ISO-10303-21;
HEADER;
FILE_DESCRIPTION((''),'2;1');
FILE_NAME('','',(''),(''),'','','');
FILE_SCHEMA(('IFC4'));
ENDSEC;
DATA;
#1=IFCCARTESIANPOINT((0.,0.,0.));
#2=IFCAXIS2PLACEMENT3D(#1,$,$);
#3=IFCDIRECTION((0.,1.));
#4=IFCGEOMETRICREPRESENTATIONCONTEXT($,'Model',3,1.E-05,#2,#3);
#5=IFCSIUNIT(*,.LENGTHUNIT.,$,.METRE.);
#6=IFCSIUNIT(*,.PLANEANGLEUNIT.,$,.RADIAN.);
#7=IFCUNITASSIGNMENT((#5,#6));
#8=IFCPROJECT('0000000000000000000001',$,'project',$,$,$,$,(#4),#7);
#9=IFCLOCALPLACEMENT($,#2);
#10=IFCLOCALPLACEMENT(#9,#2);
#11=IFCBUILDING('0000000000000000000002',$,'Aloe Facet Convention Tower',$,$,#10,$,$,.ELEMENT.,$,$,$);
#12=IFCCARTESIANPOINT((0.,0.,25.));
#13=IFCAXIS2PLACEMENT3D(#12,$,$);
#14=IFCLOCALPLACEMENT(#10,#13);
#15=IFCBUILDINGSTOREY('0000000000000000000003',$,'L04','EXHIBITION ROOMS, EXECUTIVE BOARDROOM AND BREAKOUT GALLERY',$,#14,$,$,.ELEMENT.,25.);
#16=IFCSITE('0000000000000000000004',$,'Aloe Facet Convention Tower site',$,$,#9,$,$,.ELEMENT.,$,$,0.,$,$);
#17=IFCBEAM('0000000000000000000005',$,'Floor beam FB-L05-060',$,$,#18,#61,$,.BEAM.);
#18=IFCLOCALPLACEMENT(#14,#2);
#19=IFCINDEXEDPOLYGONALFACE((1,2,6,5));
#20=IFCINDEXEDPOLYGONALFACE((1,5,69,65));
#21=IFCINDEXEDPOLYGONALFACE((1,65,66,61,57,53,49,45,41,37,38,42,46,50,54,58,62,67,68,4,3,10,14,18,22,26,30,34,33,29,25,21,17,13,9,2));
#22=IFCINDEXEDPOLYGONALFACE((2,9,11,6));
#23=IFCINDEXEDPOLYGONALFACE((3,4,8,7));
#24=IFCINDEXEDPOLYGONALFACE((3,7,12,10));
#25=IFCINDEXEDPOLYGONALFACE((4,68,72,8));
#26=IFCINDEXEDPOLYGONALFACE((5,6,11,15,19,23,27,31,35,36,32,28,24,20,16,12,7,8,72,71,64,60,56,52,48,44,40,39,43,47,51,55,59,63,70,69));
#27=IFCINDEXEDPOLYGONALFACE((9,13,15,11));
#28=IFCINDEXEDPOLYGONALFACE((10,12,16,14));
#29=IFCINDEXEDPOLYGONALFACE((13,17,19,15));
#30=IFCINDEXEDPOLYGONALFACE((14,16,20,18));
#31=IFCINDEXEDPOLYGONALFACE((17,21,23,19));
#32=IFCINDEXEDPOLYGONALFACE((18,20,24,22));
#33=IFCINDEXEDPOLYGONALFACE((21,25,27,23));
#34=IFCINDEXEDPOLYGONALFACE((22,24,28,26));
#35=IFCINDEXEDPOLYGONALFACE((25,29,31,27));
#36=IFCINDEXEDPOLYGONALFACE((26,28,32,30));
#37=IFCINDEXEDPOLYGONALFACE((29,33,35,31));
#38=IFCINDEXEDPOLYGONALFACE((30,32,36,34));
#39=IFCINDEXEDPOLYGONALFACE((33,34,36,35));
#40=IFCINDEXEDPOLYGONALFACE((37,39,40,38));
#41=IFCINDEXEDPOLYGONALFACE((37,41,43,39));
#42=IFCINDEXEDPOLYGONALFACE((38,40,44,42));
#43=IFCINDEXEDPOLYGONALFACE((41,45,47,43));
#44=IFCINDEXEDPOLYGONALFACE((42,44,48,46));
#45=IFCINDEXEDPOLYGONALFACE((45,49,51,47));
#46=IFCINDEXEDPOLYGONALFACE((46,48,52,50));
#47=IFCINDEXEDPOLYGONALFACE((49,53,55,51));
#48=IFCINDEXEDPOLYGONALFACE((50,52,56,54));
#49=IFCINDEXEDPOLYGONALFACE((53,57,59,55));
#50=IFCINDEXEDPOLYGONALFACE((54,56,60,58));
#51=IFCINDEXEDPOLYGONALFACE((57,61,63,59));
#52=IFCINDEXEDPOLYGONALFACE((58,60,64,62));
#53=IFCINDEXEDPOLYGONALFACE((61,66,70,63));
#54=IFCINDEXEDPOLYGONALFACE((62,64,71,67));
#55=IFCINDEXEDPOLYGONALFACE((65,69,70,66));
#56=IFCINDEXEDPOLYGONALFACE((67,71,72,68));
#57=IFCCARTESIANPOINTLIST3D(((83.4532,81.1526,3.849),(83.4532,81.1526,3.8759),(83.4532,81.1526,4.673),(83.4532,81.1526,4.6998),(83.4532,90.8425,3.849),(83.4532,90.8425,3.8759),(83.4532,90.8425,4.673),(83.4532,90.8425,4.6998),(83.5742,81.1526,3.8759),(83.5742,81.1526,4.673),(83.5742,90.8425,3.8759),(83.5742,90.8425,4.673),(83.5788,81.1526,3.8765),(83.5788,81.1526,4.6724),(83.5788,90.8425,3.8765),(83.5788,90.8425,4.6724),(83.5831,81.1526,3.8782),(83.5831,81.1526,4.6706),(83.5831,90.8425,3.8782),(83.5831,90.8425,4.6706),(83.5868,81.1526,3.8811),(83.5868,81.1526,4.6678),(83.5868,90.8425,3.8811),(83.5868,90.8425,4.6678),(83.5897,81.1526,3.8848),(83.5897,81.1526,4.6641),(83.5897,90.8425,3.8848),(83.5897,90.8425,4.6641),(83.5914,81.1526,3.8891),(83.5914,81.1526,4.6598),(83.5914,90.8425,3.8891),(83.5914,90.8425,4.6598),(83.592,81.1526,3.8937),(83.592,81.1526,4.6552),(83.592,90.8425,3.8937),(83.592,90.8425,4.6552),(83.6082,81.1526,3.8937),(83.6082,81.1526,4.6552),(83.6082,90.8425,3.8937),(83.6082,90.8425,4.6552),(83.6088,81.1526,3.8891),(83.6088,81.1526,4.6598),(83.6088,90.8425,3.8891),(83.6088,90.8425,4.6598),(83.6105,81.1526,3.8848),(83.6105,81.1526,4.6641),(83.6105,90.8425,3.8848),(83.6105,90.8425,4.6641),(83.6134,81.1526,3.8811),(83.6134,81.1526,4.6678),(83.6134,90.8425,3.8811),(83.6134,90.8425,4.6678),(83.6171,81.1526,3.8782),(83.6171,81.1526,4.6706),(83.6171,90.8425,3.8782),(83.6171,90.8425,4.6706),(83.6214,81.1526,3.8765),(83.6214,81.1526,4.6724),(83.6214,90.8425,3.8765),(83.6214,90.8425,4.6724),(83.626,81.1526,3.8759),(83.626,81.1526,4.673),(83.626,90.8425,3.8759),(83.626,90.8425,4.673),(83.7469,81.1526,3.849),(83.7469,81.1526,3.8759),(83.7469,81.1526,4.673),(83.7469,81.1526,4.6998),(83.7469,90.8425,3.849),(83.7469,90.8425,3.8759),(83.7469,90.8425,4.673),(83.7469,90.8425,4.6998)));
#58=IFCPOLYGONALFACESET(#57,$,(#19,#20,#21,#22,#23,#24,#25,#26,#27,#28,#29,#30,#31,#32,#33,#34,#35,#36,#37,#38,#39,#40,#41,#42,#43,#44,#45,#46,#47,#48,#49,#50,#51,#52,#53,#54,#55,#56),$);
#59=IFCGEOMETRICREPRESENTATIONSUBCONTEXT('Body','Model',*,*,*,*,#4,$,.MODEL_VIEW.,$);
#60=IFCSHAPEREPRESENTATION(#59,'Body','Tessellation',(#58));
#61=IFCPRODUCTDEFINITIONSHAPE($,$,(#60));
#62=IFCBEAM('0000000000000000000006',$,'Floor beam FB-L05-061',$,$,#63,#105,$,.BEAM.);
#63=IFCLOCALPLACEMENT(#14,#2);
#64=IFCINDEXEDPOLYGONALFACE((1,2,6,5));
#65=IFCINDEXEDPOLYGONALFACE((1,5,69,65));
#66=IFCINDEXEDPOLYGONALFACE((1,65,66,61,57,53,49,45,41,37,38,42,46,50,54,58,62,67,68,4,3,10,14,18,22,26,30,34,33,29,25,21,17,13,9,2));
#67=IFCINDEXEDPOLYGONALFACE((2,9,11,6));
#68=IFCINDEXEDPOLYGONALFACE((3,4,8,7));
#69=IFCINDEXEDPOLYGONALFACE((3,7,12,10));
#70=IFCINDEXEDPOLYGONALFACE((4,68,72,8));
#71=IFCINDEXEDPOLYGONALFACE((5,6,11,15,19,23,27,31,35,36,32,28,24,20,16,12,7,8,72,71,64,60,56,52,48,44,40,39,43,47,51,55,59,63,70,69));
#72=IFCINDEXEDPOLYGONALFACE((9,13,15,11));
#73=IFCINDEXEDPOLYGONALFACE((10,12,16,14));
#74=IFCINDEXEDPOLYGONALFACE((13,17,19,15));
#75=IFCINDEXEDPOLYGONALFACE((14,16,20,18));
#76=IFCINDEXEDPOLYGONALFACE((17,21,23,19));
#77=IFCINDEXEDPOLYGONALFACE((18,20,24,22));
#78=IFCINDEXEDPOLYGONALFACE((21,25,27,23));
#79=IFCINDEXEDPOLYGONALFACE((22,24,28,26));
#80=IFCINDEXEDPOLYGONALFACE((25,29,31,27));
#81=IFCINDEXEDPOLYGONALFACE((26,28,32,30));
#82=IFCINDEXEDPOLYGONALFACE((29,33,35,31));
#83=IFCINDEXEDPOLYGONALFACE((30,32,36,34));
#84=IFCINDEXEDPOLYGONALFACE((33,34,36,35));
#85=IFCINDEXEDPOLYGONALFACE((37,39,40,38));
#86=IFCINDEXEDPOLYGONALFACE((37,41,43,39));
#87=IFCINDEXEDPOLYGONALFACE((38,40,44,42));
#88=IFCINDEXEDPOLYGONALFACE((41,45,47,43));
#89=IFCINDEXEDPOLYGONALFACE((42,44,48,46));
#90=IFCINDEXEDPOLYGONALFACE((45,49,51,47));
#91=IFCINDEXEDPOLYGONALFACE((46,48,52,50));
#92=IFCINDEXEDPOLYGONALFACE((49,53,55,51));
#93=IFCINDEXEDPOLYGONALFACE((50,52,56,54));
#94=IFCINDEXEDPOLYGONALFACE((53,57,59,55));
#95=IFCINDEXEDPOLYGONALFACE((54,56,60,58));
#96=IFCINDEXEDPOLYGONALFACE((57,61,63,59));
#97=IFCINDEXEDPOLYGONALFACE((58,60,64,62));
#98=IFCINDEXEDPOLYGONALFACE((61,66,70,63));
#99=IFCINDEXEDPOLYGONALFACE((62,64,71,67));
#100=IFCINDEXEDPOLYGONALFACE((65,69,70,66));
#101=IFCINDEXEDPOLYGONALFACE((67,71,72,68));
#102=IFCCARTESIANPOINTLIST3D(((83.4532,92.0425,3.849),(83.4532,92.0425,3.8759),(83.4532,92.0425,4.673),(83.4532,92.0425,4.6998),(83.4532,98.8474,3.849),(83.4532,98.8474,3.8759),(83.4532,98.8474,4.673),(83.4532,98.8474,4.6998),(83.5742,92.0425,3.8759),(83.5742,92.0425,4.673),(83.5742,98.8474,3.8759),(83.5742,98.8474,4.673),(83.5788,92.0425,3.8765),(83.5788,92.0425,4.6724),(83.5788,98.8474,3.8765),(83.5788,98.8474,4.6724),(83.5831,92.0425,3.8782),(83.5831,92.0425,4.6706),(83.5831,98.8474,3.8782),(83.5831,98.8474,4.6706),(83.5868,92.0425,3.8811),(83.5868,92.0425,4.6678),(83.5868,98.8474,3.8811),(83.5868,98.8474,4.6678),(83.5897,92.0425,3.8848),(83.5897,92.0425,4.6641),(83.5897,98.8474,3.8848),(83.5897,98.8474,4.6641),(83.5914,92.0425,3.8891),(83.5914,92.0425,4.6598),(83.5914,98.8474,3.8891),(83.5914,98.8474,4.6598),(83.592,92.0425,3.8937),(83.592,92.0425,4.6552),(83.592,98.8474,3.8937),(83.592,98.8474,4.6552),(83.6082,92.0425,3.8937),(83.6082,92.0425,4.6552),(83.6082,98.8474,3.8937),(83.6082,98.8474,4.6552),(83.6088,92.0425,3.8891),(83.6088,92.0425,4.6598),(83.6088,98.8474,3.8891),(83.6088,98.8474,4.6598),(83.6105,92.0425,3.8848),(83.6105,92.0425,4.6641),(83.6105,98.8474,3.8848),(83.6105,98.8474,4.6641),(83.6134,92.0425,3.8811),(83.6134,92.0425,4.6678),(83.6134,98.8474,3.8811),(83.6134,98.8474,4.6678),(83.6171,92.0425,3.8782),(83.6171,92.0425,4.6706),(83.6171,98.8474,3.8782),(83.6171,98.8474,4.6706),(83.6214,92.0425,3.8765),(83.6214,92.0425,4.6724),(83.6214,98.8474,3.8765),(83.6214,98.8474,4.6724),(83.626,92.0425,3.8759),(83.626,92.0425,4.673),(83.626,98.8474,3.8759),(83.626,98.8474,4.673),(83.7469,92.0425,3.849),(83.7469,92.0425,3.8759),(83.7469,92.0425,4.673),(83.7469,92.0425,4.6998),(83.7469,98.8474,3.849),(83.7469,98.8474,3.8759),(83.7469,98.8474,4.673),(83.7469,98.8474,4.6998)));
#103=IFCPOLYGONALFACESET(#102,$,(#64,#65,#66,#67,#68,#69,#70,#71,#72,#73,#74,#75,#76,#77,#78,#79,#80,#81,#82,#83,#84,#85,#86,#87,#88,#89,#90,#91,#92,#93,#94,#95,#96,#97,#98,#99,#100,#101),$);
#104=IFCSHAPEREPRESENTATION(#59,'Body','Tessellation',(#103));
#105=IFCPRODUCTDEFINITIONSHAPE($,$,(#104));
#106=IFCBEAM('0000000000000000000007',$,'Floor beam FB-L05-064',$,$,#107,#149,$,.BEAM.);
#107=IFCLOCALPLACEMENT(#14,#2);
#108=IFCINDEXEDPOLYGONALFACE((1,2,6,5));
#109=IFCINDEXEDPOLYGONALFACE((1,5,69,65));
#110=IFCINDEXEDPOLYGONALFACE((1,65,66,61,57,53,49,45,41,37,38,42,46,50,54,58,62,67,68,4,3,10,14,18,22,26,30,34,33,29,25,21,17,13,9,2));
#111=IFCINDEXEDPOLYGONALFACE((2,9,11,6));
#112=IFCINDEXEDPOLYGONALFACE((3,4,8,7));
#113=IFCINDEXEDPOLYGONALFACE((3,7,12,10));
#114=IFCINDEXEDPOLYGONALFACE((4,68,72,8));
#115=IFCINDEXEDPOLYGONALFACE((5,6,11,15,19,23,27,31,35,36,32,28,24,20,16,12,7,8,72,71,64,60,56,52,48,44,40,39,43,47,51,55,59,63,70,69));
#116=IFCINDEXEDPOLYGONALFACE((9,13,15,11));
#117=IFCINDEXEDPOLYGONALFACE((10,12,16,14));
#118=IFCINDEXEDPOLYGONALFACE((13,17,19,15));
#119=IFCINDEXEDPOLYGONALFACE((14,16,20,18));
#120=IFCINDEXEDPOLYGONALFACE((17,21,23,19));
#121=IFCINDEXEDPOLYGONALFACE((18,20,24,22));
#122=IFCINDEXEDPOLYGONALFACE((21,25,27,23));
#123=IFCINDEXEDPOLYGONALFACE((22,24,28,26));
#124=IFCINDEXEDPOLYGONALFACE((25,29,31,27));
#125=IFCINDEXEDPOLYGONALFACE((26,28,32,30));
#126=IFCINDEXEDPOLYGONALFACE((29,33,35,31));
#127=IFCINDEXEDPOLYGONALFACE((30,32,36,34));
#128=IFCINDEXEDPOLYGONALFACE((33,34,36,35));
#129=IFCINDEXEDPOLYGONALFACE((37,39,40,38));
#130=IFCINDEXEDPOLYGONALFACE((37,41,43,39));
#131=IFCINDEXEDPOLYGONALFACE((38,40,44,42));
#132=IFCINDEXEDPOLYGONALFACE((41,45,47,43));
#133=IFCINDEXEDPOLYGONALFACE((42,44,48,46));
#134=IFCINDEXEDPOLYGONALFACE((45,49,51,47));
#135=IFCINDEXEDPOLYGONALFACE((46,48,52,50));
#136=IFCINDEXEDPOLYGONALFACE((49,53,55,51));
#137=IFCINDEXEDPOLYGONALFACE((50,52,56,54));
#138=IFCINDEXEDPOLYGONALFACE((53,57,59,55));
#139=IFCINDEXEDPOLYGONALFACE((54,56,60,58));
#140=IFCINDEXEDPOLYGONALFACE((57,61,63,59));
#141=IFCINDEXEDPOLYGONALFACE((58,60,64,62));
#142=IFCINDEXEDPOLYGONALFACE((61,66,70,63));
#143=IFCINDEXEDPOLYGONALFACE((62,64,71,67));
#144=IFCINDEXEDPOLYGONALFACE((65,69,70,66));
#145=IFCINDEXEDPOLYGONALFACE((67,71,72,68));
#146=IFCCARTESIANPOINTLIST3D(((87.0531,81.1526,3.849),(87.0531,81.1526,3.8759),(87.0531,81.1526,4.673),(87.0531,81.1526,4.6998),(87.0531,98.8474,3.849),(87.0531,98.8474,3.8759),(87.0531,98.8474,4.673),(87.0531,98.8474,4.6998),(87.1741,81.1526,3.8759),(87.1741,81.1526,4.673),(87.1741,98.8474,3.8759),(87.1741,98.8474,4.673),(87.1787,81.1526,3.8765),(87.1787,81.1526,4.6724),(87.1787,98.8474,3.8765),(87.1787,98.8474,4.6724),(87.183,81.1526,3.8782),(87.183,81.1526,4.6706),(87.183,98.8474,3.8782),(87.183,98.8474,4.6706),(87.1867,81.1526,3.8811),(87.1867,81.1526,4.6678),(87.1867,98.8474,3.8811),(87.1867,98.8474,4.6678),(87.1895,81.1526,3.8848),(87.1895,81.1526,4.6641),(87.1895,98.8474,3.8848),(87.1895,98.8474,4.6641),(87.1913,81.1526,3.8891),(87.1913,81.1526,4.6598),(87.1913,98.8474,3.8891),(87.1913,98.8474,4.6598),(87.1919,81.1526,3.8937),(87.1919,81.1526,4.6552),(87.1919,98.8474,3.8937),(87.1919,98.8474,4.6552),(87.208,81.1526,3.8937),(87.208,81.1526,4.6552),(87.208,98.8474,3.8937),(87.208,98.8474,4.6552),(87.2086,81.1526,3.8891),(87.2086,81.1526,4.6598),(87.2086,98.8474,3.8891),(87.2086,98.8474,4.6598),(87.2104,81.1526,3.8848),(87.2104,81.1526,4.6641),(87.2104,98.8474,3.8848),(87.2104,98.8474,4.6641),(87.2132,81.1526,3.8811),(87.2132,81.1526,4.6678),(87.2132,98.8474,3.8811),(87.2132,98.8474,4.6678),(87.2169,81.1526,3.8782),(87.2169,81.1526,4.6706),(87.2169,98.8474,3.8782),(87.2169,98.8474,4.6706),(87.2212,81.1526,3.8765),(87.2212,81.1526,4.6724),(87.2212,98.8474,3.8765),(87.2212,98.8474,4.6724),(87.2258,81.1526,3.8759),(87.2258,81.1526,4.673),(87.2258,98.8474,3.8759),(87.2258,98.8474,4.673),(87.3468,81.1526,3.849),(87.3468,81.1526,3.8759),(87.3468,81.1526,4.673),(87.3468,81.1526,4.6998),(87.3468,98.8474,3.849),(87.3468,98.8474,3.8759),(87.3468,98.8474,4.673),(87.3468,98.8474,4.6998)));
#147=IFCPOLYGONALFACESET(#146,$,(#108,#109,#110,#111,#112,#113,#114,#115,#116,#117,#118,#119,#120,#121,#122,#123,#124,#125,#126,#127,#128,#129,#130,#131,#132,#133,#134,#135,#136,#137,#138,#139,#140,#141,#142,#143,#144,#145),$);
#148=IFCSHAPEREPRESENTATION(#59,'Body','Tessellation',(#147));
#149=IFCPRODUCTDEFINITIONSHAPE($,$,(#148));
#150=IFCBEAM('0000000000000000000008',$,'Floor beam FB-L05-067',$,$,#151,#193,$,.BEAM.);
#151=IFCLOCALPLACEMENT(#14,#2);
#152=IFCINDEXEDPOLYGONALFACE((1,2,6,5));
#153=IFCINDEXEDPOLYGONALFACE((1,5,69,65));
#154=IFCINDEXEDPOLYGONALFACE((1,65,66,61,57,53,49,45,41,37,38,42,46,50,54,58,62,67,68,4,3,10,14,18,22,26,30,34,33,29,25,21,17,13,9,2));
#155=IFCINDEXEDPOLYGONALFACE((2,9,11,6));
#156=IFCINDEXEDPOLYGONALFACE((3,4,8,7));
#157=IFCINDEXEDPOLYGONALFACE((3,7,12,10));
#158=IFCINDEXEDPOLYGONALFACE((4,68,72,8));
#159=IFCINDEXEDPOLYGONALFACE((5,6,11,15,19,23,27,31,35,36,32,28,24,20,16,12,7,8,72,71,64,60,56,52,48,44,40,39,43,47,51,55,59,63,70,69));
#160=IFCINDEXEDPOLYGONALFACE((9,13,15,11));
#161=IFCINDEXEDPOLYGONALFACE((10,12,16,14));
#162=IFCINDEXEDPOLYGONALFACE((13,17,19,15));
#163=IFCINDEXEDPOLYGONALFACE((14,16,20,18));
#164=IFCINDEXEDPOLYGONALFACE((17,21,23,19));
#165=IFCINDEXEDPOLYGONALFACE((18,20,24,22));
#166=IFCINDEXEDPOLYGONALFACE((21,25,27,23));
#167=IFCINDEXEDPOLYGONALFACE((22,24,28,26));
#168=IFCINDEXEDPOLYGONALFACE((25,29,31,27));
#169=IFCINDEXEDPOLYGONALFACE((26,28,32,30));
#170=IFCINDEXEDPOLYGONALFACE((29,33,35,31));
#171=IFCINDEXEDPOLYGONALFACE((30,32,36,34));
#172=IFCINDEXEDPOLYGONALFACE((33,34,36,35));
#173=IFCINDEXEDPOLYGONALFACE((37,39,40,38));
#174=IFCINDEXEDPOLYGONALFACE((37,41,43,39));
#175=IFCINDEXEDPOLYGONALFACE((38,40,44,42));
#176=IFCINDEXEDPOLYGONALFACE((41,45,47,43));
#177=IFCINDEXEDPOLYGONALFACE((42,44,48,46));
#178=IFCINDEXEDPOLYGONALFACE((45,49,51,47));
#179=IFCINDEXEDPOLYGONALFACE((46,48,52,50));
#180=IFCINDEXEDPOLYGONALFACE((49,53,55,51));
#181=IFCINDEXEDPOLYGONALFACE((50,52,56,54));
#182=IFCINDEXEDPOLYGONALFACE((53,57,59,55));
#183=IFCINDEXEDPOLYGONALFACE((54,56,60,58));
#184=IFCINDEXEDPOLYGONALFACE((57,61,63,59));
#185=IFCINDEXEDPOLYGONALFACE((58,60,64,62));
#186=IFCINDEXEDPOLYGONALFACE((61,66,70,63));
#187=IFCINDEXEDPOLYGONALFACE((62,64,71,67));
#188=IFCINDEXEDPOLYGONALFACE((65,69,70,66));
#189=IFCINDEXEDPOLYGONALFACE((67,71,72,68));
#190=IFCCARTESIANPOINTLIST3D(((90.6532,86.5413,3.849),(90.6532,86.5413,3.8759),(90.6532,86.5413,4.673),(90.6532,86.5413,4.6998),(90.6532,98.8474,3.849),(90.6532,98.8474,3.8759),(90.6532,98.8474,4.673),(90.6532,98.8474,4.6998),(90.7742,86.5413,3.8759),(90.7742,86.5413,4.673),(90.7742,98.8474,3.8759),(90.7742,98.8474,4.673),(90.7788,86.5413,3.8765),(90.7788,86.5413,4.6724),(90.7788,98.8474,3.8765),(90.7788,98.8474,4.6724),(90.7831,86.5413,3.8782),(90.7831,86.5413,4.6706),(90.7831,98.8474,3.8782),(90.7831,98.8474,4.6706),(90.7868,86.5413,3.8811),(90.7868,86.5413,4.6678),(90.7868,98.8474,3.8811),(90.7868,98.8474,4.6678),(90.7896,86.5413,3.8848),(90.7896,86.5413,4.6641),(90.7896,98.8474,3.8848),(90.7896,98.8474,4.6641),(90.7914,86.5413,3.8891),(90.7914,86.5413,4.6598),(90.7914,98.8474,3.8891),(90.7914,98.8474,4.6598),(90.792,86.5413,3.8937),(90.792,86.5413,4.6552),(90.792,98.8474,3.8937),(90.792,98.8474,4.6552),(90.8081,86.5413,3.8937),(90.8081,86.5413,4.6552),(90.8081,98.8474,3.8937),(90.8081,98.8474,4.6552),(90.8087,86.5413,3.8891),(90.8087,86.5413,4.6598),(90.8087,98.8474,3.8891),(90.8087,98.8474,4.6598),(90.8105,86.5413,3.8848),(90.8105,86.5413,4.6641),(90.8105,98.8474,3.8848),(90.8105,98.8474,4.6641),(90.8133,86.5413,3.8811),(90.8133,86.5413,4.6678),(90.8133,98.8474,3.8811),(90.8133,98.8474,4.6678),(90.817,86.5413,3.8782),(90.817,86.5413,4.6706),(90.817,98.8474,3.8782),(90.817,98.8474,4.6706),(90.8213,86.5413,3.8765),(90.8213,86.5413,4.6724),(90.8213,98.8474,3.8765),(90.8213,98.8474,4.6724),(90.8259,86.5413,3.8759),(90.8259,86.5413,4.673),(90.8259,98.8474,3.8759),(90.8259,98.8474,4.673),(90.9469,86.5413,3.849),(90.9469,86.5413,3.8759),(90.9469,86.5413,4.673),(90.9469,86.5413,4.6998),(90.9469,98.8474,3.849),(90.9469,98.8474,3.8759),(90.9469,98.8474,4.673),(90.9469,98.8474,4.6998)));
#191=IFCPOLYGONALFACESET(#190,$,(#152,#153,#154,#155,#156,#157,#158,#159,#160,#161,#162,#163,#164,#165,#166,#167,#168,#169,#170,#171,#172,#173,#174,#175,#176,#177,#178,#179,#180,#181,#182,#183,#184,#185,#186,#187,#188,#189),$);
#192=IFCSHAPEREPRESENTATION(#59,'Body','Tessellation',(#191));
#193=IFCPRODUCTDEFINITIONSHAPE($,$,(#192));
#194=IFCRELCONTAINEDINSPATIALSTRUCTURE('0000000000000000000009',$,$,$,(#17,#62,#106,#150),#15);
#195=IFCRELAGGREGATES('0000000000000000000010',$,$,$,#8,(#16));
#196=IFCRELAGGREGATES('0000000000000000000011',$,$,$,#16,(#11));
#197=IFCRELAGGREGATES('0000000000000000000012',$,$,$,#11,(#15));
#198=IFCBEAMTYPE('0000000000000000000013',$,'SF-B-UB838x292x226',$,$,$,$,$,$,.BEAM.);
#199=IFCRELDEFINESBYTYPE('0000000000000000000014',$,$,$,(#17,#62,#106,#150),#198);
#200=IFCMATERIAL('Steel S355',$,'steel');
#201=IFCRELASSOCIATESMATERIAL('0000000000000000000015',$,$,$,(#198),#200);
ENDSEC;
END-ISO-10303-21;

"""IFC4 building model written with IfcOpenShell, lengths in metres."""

from ifc_helpers import new_model, si_unit, direction, frame, origin, origin_2d, place, context, subcontext, project, spatial, i_section, extrude, material, material_profile, profile_set, type_object, element, save


model = new_model("IFC4")

# Units and contexts
model_context = context("Model", 3, precision=1e-05, world=origin(), true_north=direction((0.0, 1.0)))
body_context = subcontext(model_context, "Body", "Model", "MODEL_VIEW")
ifc_project = project(units=[si_unit("LENGTHUNIT", "METRE"), si_unit("PLANEANGLEUNIT", "RADIAN")], contexts=[model_context])

# Site, building, storey
site_placement = place(None, origin())
site = spatial("IfcSite", under=ifc_project, at=site_placement, Name="Aloe Facet Convention Tower site", CompositionType="ELEMENT", RefElevation=0.0)
building_placement = place(site_placement, origin())
building = spatial("IfcBuilding", under=site, at=building_placement, Name="Aloe Facet Convention Tower", CompositionType="ELEMENT")
storey_placement = place(building_placement, frame((0.0, 0.0, 25.0)))
storey = spatial("IfcBuildingStorey", under=building, at=storey_placement, Name="L04", Description="EXHIBITION ROOMS, EXECUTIVE BOARDROOM AND BREAKOUT GALLERY", CompositionType="ELEMENT", Elevation=25.0)

# Beams
ifc_material_1 = material(Name="Steel S355", Category="steel")
ifc_material_profile_1 = material_profile(ifc_material_1, i_section(OverallWidth=0.2937, OverallDepth=0.8508, WebThickness=0.0161, FlangeThickness=0.0269, FilletRadius=0.0178, at=origin_2d()), Name="UB 838x292x226")
ifc_profile_set_1 = profile_set([ifc_material_profile_1], Name="Steel S355")
beam_type_1 = type_object("IfcBeamType", Name="SF-B-UB838x292x226", PredefinedType="BEAM", material=ifc_profile_set_1)
beam_1_placement = place(storey_placement, frame((83.6001, 81.1526, 4.2744), z_axis=(0.0, 1.0, 0.0), x_axis=(-1.0, 0.0, 0.0)))
element("IfcBeam", 1, at=beam_1_placement, inside=storey, type_object=beam_type_1, Name="Floor beam FB-L05-060", PredefinedType="BEAM", context=body_context, shape_type="SweptSolid", body=[
    extrude(i_section(OverallWidth=0.2937, OverallDepth=0.8508, WebThickness=0.0161, FlangeThickness=0.0269, FilletRadius=0.0178, at=origin_2d()), origin(), (0.0, 0.0, 1.0), 9.6899),
])
beam_2_placement = place(storey_placement, frame((83.6001, 92.0425, 4.2744), z_axis=(0.0, 1.0, 0.0), x_axis=(-1.0, 0.0, 0.0)))
element("IfcBeam", 2, at=beam_2_placement, inside=storey, type_object=beam_type_1, Name="Floor beam FB-L05-061", PredefinedType="BEAM", context=body_context, shape_type="SweptSolid", body=[
    extrude(i_section(OverallWidth=0.2937, OverallDepth=0.8508, WebThickness=0.0161, FlangeThickness=0.0269, FilletRadius=0.0178, at=origin_2d()), origin(), (0.0, 0.0, 1.0), 6.8049),
])
beam_3_placement = place(storey_placement, frame((87.2, 81.1526, 4.2744), z_axis=(0.0, 1.0, 0.0), x_axis=(-1.0, 0.0, 0.0)))
element("IfcBeam", 3, at=beam_3_placement, inside=storey, type_object=beam_type_1, Name="Floor beam FB-L05-064", PredefinedType="BEAM", context=body_context, shape_type="SweptSolid", body=[
    extrude(i_section(OverallWidth=0.2937, OverallDepth=0.8508, WebThickness=0.0161, FlangeThickness=0.0269, FilletRadius=0.0178, at=origin_2d()), origin(), (0.0, 0.0, 1.0), 17.6948),
])
beam_4_placement = place(storey_placement, frame((90.8, 86.5413, 4.2744), z_axis=(0.0, 1.0, 0.0), x_axis=(-1.0, 0.0, 0.0)))
element("IfcBeam", 4, at=beam_4_placement, inside=storey, type_object=beam_type_1, Name="Floor beam FB-L05-067", PredefinedType="BEAM", context=body_context, shape_type="SweptSolid", body=[
    extrude(i_section(OverallWidth=0.2937, OverallDepth=0.8508, WebThickness=0.0161, FlangeThickness=0.0269, FilletRadius=0.0178, at=origin_2d()), origin(), (0.0, 0.0, 1.0), 12.3062),
])

save(model, "model.ifc")
